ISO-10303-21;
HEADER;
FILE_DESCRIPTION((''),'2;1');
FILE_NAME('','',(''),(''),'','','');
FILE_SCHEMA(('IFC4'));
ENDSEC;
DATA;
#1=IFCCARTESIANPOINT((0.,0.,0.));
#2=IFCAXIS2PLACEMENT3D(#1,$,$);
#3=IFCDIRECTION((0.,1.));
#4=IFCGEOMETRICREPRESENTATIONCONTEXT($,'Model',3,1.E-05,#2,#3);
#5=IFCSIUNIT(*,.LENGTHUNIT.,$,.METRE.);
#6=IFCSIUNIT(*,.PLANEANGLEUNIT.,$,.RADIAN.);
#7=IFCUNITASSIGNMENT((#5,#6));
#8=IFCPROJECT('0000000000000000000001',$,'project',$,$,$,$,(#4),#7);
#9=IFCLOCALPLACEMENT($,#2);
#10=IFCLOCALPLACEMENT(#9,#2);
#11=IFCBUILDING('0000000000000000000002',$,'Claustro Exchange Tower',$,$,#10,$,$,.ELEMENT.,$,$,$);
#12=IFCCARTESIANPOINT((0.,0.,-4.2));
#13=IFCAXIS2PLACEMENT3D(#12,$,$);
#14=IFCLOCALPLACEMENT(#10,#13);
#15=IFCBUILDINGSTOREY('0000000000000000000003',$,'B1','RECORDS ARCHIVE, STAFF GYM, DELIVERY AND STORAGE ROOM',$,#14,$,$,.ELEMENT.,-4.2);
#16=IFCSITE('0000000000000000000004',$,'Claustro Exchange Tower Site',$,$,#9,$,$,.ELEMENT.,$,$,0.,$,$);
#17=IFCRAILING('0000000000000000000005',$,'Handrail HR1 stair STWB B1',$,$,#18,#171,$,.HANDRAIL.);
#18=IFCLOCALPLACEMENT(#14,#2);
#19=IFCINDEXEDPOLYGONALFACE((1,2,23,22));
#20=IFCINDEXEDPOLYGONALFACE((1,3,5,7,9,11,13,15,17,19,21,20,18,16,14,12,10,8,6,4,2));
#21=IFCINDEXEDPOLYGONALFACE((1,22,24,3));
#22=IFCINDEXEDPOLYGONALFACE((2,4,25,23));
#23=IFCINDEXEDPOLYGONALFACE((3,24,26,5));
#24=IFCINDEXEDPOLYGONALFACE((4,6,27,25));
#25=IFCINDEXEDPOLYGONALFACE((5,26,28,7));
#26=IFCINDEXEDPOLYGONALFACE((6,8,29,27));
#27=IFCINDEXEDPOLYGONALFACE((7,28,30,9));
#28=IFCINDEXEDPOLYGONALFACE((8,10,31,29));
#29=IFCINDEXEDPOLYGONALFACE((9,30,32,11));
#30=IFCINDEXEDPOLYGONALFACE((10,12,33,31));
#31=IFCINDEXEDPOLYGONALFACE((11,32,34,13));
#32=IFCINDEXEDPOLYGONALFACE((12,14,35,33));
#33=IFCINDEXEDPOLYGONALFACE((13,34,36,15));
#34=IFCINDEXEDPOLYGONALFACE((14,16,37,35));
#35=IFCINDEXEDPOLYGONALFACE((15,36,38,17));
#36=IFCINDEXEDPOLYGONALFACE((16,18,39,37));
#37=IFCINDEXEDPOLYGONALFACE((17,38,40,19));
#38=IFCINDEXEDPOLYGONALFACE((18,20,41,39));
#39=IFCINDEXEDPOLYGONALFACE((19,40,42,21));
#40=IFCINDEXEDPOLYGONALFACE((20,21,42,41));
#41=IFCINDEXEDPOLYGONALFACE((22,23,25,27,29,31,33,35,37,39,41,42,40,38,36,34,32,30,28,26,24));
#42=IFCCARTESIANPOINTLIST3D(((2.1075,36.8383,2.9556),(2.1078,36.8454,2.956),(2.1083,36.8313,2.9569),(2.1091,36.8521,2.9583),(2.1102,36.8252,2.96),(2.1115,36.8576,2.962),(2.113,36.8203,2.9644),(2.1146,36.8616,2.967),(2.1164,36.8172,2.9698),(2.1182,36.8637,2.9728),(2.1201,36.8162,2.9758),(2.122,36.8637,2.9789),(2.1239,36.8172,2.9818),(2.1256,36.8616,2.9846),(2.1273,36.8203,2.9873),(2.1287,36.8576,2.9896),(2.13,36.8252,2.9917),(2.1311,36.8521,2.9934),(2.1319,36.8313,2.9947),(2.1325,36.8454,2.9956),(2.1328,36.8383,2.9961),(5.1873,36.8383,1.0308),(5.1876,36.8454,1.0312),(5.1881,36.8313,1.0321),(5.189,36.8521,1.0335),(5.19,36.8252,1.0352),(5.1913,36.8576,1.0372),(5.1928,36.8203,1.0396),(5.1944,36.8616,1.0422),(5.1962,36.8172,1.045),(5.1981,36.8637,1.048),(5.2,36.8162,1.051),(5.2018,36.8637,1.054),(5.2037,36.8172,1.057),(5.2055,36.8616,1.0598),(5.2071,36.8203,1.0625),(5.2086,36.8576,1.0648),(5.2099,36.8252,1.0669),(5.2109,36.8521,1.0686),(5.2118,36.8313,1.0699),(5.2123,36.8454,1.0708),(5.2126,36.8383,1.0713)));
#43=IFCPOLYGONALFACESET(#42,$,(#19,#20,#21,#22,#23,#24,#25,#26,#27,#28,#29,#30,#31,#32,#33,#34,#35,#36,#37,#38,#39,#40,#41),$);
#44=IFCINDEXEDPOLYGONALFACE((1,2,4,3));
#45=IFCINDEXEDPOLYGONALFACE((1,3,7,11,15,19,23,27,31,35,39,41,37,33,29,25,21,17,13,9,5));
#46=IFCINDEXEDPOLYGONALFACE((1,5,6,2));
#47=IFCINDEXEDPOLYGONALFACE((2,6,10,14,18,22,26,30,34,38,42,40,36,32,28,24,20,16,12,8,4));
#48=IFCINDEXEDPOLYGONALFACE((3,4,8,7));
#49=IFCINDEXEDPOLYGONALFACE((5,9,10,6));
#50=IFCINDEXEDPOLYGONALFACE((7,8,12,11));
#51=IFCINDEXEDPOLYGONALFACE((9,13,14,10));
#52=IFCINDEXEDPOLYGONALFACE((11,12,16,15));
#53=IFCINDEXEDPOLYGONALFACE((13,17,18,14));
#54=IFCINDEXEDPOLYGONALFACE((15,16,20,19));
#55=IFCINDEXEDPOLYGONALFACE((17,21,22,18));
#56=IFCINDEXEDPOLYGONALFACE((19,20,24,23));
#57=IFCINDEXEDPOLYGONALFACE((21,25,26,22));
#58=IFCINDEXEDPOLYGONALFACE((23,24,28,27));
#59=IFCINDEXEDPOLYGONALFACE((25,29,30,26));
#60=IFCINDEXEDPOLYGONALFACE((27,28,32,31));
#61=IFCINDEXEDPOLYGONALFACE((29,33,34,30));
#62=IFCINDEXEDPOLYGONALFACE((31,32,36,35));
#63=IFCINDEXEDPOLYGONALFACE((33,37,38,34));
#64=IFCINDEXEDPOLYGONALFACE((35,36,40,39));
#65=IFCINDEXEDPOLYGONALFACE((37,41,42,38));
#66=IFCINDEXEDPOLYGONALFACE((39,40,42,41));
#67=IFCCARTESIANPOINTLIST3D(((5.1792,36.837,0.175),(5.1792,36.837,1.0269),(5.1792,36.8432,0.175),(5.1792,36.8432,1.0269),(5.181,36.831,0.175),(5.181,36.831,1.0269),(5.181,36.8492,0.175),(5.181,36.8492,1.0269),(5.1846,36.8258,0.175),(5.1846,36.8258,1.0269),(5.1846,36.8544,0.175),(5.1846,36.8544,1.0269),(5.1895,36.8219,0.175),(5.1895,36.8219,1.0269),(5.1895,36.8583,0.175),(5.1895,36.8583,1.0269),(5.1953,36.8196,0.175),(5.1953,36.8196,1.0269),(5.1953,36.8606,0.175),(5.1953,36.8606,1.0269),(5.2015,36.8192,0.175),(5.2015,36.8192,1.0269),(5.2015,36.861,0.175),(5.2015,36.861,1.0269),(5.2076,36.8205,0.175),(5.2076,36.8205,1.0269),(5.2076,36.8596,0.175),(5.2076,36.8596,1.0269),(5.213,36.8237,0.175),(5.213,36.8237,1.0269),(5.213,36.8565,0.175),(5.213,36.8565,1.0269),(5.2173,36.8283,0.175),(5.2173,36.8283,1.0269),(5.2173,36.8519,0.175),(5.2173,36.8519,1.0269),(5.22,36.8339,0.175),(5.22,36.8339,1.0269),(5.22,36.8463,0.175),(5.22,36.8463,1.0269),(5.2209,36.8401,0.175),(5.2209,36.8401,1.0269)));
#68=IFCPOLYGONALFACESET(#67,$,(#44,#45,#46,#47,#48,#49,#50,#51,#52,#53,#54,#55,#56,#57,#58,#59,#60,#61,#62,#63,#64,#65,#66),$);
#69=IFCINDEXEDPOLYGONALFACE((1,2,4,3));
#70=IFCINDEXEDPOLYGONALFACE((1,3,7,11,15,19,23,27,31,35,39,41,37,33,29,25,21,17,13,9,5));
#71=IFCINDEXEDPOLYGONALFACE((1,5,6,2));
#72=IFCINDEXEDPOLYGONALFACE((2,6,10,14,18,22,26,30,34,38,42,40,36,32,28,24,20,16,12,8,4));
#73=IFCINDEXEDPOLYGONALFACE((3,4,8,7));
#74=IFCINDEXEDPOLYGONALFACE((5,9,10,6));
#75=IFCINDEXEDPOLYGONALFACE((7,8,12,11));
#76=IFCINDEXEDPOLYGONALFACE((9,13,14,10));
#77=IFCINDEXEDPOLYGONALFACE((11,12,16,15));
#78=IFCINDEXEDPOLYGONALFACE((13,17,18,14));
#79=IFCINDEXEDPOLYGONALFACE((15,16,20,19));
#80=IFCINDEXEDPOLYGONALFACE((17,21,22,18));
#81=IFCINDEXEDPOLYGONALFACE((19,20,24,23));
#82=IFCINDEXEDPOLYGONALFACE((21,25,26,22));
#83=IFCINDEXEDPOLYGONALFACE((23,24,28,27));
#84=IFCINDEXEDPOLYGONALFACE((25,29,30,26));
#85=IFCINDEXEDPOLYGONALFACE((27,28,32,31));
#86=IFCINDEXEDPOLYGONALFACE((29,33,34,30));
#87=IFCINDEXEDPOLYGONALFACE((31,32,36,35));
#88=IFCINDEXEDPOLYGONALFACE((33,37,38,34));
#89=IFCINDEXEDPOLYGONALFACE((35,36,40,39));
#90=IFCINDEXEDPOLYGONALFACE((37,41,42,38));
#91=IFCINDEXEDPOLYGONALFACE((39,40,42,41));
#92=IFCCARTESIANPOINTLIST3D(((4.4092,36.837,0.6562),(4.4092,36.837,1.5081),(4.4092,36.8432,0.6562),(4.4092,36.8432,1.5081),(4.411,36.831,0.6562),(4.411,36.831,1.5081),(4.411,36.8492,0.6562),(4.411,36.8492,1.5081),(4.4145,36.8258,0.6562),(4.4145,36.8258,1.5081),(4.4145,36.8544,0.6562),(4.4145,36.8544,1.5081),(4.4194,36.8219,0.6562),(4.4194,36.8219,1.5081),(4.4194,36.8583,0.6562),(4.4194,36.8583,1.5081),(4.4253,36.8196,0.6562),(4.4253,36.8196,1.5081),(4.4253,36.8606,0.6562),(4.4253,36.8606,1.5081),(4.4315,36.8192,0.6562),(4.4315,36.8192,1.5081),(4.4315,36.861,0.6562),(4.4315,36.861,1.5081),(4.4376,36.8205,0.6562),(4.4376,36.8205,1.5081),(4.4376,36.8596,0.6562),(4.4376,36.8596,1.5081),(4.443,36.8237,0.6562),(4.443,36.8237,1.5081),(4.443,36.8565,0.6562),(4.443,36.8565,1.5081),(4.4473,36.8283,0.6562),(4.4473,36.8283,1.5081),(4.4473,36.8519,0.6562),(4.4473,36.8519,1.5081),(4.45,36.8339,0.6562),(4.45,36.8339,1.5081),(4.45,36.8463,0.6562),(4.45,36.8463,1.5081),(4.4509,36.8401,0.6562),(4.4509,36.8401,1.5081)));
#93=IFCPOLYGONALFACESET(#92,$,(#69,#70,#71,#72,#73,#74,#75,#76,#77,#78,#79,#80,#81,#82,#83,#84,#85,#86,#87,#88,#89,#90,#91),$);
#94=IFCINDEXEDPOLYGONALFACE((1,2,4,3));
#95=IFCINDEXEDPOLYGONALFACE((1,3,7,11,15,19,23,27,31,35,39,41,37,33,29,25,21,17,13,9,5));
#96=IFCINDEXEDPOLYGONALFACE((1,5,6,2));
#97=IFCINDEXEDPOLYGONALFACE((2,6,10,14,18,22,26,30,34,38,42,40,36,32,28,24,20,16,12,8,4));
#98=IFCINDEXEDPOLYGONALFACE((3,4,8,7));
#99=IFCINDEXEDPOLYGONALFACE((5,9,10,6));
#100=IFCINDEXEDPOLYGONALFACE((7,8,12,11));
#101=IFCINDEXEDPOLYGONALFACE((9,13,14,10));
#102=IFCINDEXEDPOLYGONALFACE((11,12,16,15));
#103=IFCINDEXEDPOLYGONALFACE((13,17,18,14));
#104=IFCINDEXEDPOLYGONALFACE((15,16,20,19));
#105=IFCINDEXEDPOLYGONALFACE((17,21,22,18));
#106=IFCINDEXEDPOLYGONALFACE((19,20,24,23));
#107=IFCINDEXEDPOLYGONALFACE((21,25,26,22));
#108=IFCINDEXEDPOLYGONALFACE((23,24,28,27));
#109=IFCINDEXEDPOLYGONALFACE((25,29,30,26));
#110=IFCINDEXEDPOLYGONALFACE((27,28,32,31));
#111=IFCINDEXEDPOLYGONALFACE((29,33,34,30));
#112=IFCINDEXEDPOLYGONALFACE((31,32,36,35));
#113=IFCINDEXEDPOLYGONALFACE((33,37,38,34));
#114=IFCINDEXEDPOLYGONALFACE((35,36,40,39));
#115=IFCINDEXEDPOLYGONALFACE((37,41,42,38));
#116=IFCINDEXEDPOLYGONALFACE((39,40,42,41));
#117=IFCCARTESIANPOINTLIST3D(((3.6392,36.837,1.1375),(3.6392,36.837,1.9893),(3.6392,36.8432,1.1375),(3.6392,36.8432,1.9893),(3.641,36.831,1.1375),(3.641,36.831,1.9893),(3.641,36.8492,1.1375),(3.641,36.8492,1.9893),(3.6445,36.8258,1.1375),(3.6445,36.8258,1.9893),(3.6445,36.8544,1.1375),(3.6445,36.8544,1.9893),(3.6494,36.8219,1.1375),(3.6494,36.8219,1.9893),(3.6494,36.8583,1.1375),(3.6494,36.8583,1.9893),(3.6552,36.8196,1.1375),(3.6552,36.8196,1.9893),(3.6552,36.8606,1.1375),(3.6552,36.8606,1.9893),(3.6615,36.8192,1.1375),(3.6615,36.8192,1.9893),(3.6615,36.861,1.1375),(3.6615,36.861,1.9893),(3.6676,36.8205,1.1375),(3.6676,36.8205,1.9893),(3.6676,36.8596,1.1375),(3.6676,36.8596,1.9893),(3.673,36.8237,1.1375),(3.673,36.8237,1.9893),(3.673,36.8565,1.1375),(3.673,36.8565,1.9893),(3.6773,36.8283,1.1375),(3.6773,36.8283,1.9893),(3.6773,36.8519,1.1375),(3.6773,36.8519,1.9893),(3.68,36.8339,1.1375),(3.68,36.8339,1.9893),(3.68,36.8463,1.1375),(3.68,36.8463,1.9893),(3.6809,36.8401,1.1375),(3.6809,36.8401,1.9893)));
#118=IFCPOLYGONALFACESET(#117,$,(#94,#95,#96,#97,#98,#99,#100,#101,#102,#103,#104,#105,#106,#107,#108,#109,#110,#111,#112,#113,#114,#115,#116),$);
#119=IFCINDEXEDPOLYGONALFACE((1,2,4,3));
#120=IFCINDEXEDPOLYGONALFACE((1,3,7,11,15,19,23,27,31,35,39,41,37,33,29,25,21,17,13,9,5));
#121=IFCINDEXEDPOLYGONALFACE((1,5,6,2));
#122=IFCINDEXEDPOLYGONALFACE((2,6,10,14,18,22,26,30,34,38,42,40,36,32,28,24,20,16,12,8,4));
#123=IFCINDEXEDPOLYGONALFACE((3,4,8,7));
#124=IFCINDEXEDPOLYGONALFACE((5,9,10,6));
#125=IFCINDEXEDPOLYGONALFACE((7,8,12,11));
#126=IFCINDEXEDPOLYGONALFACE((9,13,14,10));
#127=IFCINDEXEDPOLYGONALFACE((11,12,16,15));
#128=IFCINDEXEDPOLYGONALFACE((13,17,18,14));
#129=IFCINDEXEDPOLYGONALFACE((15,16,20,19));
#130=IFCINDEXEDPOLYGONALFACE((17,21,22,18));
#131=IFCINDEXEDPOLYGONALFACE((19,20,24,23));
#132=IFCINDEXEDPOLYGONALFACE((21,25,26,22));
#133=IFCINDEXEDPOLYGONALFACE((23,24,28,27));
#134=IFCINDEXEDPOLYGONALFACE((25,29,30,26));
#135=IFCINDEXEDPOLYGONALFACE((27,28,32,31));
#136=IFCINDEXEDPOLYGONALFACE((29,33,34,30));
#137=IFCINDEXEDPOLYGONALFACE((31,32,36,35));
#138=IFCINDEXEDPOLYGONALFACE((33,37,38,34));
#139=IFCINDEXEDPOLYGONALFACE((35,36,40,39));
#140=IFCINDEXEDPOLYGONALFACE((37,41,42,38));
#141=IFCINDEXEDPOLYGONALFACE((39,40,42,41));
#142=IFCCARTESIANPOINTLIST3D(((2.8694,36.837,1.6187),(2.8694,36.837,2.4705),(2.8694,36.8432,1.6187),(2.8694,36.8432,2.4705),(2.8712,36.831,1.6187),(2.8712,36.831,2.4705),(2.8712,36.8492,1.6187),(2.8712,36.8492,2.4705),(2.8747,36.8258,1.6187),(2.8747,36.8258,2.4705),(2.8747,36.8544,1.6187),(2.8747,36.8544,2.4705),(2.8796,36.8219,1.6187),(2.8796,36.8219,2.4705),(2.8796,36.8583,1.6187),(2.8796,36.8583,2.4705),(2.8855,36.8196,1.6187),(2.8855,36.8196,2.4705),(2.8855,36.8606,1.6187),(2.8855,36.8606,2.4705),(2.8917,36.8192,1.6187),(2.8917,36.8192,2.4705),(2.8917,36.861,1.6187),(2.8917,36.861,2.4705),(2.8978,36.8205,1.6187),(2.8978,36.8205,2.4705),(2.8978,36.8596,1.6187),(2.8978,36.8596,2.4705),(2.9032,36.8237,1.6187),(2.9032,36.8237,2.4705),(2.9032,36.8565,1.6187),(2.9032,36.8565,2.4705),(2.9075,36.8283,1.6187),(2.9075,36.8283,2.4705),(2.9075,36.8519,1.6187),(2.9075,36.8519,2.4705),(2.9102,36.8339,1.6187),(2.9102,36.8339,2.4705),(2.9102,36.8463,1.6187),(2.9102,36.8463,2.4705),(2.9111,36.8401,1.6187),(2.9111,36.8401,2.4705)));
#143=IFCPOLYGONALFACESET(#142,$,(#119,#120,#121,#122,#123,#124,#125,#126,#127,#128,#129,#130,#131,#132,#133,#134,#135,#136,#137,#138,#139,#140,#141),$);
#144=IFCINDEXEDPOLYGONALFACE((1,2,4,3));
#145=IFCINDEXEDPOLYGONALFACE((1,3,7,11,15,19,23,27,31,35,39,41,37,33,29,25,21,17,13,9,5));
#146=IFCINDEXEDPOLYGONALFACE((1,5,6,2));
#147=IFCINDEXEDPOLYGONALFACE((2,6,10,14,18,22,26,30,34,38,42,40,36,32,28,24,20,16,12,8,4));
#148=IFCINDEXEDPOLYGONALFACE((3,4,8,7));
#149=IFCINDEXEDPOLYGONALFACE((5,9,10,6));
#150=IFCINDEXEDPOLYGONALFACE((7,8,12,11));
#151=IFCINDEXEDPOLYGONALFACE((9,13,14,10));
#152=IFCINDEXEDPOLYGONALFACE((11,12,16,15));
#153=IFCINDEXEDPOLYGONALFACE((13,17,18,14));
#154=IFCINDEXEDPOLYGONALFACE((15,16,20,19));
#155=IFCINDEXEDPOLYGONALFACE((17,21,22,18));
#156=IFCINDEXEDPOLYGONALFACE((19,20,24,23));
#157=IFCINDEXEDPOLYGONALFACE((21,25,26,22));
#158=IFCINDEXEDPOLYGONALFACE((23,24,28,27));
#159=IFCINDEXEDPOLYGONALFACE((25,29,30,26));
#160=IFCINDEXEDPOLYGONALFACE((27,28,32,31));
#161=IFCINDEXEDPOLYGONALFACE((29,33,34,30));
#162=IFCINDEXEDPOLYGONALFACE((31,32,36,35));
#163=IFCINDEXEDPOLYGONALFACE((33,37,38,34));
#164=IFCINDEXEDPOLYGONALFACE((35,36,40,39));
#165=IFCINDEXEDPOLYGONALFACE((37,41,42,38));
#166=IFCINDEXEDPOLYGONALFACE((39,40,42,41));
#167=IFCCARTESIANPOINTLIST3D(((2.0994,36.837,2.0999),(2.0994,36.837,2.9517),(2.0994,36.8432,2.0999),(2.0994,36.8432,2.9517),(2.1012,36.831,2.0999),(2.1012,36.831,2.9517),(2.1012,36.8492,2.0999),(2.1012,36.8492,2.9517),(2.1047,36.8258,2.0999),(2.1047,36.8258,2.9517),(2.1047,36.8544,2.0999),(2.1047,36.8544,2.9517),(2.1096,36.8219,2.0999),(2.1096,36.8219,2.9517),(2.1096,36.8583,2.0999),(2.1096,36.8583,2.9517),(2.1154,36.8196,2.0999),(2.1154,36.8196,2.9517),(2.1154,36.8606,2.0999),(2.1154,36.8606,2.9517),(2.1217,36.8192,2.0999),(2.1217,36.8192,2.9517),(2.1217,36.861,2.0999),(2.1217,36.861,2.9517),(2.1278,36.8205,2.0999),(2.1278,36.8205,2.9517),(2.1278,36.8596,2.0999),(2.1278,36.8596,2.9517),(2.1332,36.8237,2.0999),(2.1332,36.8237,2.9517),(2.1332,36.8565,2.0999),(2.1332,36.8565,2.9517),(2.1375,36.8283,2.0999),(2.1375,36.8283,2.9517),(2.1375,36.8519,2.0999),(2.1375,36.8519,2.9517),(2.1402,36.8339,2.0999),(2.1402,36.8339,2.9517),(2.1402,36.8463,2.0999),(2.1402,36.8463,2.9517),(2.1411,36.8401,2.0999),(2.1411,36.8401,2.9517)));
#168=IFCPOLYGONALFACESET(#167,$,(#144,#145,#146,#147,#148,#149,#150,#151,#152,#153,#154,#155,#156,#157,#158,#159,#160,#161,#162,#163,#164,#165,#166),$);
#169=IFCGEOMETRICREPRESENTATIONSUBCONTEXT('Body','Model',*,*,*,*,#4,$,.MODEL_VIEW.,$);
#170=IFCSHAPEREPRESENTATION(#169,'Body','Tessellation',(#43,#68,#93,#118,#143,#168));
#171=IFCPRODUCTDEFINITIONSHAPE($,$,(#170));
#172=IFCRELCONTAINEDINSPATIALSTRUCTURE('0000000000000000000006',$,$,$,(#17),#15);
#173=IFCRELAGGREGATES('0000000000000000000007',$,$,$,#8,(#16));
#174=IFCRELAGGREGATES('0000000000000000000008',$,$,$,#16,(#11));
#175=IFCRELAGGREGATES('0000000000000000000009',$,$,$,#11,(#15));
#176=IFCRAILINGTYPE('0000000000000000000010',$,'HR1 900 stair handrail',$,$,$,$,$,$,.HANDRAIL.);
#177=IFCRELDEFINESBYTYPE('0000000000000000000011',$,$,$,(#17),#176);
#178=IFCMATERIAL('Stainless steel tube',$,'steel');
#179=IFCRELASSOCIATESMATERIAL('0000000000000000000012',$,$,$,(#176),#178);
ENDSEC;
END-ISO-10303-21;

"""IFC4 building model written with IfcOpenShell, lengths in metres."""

from ifc_helpers import new_model, si_unit, direction, frame, origin, origin_2d, place, context, subcontext, project, spatial, circle, extrude, material, type_object, element, save


model = new_model("IFC4")

# Units and contexts
model_context = context("Model", 3, precision=1e-05, world=origin(), true_north=direction((0.0, 1.0)))
body_context = subcontext(model_context, "Body", "Model", "MODEL_VIEW")
ifc_project = project(units=[si_unit("LENGTHUNIT", "METRE"), si_unit("PLANEANGLEUNIT", "RADIAN")], contexts=[model_context])

# Site, building, storey
site_placement = place(None, origin())
site = spatial("IfcSite", under=ifc_project, at=site_placement, Name="Claustro Exchange Tower Site", CompositionType="ELEMENT", RefElevation=0.0)
building_placement = place(site_placement, origin())
building = spatial("IfcBuilding", under=site, at=building_placement, Name="Claustro Exchange Tower", CompositionType="ELEMENT")
storey_placement = place(building_placement, frame((0.0, 0.0, -4.2)))
storey = spatial("IfcBuildingStorey", under=building, at=storey_placement, Name="B1", Description="RECORDS ARCHIVE, STAFF GYM, DELIVERY AND STORAGE ROOM", CompositionType="ELEMENT", Elevation=-4.2)

# Railing
ifc_material_1 = material(Name="Stainless steel tube", Category="steel")
railing_type_1 = type_object("IfcRailingType", Name="HR1 900 stair handrail", PredefinedType="HANDRAIL", material=ifc_material_1)
railing_1_placement = place(storey_placement, frame((5.2, 36.8401, 0.175)))
element("IfcRailing", 1, at=railing_1_placement, inside=storey, type_object=railing_type_1, Name="Handrail HR1 stair STWB B1", PredefinedType="HANDRAIL", context=body_context, shape_type="SweptSolid", body=[
    extrude(circle(Radius=0.0239, at=origin_2d()), frame((0.0, 0.0, 0.876), z_axis=(-0.84801, 0.0, 0.529981), x_axis=(0.0, -1.0, 0.0)), (0.0, 0.0, 1.0), 3.6318),
    extrude(circle(Radius=0.021, at=origin_2d()), origin(), (0.0, 0.0, 1.0), 0.8518),
    extrude(circle(Radius=0.021, at=origin_2d()), frame((-0.77, 0.0, 0.4812)), (0.0, 0.0, 1.0), 0.8518),
    extrude(circle(Radius=0.021, at=origin_2d()), frame((-1.54, 0.0, 0.9624)), (0.0, 0.0, 1.0), 0.8518),
    extrude(circle(Radius=0.021, at=origin_2d()), frame((-2.3098, 0.0, 1.4436)), (0.0, 0.0, 1.0), 0.8518),
    extrude(circle(Radius=0.021, at=origin_2d()), frame((-3.0798, 0.0, 1.9248)), (0.0, 0.0, 1.0), 0.8518),
])

save(model, "model.ifc")
